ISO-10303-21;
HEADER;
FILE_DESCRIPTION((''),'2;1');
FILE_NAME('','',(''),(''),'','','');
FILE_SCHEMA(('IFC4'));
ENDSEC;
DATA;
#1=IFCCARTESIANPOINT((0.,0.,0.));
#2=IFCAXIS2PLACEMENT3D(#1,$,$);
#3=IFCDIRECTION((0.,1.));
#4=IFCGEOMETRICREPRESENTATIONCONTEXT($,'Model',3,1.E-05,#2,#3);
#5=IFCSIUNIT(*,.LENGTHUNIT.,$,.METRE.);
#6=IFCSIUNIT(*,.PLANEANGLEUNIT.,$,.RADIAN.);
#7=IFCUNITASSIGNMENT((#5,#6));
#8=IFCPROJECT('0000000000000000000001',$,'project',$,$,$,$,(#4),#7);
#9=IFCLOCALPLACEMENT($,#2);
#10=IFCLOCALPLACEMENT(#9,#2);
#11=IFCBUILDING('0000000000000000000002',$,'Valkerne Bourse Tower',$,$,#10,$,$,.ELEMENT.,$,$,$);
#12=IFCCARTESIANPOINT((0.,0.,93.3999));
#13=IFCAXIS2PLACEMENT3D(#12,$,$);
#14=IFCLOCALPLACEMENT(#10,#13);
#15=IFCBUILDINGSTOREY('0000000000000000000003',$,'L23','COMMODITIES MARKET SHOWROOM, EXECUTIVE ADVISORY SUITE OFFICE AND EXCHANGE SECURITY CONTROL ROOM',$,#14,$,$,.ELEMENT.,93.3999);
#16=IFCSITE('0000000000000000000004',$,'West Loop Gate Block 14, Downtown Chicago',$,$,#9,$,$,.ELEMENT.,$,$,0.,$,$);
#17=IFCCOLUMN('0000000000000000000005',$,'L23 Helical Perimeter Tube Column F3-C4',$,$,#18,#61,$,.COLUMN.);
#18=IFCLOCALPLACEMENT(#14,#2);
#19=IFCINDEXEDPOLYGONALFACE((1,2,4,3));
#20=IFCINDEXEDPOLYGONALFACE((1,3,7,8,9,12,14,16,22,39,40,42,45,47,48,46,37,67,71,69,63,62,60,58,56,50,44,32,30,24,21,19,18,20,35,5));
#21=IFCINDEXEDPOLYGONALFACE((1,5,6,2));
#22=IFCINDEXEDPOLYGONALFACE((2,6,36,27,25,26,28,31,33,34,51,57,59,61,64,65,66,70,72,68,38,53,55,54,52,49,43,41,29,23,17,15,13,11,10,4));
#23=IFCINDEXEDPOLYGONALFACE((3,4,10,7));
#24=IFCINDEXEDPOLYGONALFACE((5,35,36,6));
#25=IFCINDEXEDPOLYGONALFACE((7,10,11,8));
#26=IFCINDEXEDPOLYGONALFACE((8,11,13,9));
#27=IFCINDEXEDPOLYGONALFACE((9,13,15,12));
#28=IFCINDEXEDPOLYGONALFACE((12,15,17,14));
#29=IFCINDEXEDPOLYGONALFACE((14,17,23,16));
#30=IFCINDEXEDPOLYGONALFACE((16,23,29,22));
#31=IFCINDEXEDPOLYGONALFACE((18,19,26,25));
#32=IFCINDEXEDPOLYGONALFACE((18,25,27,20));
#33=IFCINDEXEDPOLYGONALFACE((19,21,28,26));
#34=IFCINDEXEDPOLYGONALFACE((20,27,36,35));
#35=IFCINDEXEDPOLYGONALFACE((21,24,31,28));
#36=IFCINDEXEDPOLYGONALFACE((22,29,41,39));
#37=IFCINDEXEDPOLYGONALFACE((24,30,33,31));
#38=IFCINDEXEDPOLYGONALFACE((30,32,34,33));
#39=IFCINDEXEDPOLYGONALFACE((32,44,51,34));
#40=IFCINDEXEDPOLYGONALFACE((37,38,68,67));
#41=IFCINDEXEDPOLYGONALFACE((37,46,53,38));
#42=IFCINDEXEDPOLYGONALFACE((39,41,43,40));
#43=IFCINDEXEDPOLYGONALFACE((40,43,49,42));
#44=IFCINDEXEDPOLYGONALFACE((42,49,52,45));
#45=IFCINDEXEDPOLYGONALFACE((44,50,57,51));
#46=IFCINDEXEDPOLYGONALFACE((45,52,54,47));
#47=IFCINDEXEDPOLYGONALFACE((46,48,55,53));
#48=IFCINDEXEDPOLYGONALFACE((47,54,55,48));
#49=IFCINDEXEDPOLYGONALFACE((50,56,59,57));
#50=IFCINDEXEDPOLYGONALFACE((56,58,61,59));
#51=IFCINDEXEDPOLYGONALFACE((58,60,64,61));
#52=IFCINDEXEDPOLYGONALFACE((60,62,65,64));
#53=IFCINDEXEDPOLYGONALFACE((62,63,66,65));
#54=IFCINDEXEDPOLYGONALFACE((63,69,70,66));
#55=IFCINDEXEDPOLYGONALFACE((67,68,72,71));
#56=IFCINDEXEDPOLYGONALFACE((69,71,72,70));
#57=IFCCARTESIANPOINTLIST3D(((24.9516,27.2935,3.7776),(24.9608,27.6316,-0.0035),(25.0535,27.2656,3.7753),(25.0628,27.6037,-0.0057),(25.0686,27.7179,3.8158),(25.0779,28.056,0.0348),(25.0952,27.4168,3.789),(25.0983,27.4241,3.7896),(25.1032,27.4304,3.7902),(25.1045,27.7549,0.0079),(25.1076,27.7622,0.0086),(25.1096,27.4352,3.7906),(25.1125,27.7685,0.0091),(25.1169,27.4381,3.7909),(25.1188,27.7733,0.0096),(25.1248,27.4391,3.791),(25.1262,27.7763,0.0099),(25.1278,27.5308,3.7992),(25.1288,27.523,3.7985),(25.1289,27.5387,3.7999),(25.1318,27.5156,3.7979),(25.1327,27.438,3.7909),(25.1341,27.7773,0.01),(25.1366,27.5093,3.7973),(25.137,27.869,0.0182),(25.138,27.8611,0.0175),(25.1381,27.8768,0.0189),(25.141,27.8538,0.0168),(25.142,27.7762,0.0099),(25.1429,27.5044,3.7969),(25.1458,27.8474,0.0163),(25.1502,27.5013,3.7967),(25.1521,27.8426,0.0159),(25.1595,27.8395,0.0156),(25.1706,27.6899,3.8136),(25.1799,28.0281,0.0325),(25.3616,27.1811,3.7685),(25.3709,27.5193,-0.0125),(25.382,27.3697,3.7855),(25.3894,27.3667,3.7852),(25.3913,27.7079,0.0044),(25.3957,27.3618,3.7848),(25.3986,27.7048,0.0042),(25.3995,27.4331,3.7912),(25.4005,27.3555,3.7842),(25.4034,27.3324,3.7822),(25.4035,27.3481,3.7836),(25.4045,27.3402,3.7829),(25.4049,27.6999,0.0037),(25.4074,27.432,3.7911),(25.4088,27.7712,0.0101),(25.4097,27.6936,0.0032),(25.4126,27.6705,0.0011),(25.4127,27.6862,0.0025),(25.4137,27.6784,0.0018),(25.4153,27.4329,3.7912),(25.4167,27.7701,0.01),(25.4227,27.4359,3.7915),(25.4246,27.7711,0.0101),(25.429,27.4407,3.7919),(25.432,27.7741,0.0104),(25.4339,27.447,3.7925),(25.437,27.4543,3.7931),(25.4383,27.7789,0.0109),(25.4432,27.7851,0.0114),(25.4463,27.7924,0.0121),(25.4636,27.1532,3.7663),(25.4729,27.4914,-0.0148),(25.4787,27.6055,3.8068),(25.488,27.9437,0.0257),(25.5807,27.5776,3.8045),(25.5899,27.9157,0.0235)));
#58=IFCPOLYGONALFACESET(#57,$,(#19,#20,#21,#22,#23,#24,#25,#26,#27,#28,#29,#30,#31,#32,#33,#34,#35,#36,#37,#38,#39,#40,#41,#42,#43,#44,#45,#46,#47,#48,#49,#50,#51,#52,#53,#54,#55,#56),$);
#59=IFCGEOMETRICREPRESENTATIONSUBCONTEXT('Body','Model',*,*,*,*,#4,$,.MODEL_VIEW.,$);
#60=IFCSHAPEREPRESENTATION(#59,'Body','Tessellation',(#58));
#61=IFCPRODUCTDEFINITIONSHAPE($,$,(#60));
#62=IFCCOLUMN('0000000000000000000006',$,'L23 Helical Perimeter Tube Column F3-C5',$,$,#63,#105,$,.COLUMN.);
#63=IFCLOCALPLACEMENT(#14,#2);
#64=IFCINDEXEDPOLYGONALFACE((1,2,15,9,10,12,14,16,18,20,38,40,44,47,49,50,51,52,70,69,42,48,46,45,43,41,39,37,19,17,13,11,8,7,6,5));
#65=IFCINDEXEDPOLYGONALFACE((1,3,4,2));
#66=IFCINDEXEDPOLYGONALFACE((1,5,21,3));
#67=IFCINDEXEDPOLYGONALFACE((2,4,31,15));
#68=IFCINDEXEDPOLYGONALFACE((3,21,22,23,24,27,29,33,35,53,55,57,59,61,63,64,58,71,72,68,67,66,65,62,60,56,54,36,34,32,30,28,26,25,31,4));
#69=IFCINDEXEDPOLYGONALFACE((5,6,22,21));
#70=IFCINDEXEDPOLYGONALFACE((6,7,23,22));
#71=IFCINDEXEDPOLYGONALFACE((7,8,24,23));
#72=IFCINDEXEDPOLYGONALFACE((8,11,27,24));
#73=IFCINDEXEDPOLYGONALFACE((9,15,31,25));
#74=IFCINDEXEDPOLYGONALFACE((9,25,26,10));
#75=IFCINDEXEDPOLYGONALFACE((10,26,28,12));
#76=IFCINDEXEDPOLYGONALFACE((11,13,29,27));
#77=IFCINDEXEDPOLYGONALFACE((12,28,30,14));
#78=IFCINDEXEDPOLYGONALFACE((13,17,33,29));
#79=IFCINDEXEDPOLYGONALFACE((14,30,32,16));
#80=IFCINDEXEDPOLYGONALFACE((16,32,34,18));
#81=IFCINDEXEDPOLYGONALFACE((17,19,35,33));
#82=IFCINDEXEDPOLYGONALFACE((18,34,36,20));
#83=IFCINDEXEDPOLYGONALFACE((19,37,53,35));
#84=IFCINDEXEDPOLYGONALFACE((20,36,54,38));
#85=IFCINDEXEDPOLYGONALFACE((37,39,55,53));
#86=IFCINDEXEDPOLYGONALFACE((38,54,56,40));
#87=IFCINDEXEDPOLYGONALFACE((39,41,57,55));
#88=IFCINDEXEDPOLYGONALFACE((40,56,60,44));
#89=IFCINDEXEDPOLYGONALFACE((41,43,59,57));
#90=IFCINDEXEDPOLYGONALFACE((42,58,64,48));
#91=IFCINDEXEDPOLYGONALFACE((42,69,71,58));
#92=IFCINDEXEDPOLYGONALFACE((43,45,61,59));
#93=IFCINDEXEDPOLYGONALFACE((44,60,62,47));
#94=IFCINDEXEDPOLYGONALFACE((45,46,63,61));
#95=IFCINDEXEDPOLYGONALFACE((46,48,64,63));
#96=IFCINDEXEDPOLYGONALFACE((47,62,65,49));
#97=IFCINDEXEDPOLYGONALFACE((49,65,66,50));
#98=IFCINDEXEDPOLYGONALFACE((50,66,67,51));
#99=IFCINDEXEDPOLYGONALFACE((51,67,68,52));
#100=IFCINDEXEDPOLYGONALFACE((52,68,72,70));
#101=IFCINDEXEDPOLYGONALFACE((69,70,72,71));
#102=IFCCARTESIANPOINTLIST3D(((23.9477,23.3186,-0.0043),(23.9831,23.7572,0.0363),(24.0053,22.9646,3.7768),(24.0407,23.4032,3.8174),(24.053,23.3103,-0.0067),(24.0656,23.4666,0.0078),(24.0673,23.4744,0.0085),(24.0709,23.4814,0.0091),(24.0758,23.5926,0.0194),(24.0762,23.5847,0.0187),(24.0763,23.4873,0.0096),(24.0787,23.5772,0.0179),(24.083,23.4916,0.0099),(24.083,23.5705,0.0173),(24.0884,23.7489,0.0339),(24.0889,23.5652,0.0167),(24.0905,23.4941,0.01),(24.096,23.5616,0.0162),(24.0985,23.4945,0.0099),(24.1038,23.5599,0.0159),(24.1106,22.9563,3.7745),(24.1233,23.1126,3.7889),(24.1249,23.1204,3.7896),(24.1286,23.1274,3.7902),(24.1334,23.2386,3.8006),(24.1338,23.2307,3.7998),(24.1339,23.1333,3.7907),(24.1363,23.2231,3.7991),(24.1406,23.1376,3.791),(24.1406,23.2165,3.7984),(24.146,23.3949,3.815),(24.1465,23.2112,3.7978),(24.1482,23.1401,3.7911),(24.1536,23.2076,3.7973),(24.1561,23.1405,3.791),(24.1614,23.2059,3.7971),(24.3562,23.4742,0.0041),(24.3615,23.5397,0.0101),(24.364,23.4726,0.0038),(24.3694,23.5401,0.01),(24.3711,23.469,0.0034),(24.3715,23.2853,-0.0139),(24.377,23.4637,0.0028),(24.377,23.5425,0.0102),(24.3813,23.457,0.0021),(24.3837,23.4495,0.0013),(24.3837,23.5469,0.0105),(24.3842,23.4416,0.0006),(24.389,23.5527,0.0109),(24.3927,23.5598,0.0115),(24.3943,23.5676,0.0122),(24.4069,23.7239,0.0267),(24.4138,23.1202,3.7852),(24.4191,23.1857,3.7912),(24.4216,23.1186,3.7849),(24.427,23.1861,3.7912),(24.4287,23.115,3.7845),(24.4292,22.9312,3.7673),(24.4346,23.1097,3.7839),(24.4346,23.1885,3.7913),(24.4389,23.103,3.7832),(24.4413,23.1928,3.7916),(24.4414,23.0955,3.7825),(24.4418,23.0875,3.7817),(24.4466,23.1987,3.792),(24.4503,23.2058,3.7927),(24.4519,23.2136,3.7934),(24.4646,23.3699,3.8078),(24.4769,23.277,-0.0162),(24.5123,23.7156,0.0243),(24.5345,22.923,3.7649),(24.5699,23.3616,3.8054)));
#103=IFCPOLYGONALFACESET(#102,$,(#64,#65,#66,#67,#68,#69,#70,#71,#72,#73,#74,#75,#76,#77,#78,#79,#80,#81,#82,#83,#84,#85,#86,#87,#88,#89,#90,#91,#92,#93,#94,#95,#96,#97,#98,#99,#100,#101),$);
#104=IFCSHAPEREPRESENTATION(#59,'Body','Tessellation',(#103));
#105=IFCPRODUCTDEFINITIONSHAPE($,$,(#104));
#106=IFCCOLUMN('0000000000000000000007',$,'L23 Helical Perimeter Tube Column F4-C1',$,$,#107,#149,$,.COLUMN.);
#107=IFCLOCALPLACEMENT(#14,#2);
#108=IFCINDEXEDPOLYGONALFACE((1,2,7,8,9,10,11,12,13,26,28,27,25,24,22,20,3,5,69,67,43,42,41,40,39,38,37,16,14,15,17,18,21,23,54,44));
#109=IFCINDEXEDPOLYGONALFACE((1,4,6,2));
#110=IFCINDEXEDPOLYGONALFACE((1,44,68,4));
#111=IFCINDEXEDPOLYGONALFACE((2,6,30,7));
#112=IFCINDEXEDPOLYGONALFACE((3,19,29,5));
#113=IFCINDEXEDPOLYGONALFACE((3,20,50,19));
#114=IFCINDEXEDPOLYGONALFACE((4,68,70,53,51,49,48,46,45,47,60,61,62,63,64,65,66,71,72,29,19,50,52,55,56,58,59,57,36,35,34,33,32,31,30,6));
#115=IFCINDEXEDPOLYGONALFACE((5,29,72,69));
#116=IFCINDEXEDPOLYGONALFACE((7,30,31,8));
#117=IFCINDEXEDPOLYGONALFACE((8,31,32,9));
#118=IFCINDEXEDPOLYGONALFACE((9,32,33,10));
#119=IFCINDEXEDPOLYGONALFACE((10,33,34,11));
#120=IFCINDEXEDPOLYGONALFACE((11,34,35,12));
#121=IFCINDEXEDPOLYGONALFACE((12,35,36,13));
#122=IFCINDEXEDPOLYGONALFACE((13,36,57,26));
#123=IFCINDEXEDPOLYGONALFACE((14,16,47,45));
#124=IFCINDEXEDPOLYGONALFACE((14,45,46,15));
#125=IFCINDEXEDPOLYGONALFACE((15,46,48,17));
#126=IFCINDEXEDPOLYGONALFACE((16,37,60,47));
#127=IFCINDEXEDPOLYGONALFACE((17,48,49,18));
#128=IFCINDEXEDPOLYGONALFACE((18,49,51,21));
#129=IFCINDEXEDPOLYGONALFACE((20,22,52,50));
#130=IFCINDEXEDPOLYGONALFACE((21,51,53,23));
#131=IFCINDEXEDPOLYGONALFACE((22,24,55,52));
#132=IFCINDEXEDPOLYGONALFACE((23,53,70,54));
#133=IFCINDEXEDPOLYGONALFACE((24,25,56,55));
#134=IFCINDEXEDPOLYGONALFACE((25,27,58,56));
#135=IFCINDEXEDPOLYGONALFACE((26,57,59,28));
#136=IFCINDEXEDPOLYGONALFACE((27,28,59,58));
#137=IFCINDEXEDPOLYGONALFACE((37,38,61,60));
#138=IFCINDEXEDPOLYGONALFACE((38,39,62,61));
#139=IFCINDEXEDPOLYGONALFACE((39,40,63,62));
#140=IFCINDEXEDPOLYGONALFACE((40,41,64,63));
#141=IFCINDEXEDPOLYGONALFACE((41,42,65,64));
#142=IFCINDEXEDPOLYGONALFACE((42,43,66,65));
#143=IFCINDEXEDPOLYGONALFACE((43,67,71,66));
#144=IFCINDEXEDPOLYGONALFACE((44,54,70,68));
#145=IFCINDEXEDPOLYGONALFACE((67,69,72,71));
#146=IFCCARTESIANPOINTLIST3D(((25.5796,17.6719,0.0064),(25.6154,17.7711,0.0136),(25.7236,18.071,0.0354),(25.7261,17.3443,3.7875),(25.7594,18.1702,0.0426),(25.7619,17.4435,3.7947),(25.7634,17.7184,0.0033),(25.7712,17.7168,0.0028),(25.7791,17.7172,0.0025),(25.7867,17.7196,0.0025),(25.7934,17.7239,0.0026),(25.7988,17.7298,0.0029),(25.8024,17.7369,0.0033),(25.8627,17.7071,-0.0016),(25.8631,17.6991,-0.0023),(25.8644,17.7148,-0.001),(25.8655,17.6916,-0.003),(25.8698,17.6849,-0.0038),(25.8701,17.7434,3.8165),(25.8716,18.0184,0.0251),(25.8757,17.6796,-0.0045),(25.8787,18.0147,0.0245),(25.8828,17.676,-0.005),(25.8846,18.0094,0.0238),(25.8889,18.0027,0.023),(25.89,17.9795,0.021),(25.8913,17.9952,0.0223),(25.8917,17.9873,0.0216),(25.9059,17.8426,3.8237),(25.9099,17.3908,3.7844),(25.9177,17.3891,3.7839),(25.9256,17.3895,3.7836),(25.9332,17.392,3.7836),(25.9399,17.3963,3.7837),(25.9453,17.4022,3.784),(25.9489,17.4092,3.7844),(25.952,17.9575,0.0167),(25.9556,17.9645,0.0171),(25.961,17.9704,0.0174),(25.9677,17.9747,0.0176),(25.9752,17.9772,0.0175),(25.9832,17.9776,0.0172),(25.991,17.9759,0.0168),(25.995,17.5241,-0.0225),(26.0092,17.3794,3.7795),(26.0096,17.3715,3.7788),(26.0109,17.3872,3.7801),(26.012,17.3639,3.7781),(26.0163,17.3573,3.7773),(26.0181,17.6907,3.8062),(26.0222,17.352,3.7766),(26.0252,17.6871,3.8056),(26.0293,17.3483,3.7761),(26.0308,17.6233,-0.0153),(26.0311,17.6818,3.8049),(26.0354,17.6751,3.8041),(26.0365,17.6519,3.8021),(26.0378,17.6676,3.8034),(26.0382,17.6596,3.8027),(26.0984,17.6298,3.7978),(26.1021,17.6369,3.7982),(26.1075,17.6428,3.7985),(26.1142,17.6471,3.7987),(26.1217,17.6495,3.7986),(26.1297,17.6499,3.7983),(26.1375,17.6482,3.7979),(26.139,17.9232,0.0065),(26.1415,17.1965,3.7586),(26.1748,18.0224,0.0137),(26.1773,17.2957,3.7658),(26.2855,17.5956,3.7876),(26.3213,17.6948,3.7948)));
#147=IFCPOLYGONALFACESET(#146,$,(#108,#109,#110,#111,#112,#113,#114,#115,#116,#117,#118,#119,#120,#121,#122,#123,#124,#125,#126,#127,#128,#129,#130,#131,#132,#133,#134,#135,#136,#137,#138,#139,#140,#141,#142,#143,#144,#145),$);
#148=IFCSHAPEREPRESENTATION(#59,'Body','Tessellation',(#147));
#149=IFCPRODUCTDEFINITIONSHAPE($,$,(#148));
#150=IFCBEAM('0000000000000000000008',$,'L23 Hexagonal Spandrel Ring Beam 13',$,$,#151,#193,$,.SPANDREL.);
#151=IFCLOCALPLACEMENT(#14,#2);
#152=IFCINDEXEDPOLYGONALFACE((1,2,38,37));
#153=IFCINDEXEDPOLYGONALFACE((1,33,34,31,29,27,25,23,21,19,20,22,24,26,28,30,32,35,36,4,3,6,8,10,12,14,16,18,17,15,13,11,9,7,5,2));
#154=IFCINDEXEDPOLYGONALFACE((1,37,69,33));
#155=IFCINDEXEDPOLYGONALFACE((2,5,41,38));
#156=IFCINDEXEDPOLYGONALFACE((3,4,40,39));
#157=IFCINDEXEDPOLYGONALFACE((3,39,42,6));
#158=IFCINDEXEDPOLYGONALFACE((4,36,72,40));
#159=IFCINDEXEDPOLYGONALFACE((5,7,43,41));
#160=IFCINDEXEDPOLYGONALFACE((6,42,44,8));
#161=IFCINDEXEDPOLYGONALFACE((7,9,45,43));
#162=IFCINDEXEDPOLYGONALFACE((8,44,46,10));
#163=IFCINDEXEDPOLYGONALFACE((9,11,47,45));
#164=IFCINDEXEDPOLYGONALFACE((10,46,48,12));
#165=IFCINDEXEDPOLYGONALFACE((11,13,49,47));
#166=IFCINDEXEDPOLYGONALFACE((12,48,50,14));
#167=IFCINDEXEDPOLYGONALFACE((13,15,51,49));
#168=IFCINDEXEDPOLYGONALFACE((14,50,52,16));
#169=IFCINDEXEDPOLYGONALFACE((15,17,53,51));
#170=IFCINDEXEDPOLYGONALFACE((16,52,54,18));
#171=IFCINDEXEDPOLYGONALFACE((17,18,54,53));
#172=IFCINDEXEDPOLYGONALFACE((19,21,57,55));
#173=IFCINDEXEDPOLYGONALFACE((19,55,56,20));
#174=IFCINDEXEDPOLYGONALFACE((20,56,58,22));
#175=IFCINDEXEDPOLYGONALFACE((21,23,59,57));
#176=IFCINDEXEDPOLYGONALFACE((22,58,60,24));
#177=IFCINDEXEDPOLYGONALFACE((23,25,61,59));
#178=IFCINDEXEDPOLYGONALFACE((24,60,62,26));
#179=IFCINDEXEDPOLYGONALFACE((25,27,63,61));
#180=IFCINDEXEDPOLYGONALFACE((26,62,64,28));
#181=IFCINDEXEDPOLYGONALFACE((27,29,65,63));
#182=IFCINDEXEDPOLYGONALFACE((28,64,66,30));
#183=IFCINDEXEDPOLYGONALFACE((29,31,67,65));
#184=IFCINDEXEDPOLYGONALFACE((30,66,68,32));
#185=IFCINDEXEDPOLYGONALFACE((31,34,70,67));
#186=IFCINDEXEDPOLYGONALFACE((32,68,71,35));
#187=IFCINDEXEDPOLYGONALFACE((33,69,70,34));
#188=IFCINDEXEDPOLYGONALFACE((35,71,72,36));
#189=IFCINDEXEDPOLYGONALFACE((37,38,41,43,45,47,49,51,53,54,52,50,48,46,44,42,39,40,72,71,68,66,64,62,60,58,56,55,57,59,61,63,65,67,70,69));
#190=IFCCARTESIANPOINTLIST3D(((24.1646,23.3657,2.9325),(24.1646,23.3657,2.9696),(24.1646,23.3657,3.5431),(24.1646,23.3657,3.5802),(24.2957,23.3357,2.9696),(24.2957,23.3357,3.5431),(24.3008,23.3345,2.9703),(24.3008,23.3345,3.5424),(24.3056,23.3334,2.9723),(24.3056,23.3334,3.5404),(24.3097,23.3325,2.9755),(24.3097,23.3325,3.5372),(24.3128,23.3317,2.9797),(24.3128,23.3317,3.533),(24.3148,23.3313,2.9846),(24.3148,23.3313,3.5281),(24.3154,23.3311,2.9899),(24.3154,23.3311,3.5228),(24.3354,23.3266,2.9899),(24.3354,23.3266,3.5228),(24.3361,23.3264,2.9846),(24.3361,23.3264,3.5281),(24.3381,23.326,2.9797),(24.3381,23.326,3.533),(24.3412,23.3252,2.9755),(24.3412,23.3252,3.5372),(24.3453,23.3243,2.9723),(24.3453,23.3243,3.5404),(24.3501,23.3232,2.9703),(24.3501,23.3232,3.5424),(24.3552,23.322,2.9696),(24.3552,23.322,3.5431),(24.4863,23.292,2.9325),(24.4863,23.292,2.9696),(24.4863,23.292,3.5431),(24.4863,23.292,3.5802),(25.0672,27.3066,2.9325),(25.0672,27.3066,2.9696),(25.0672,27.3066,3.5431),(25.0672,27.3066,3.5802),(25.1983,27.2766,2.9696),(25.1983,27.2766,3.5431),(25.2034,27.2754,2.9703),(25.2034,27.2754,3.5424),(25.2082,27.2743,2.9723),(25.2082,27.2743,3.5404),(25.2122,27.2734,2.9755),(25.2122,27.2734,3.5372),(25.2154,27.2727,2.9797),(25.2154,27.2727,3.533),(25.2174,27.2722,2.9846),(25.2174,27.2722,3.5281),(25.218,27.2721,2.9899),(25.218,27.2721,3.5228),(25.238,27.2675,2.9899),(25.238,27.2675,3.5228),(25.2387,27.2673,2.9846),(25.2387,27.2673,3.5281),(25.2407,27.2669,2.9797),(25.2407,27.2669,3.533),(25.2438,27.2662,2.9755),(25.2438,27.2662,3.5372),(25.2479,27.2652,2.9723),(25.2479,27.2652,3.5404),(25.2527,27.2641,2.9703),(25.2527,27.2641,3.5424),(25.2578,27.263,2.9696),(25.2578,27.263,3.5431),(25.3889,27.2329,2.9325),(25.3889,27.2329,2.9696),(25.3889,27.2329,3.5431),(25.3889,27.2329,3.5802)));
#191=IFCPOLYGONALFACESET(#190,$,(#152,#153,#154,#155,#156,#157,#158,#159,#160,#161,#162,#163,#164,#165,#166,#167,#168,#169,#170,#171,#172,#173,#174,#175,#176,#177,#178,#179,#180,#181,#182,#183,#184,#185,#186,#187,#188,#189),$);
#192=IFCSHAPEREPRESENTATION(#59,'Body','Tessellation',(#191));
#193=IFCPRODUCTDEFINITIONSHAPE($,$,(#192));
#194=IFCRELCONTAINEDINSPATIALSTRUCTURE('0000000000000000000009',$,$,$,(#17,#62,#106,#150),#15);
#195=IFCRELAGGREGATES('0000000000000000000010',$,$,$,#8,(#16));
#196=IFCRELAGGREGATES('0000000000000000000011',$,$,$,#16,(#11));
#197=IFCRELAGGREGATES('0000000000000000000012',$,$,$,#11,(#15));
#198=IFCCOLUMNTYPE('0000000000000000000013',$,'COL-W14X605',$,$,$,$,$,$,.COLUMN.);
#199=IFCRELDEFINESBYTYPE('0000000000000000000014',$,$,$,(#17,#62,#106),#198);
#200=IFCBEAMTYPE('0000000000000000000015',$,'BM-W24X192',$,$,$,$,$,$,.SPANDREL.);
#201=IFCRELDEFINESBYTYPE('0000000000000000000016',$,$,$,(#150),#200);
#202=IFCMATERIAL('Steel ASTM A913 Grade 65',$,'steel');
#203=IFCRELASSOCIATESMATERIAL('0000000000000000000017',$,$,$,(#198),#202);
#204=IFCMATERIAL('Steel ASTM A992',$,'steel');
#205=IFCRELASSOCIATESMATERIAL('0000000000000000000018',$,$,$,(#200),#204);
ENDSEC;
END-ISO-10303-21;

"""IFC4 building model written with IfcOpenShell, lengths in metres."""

from ifc_helpers import new_model, si_unit, direction, frame, origin, origin_2d, place, context, subcontext, project, spatial, i_section, extrude, material, material_profile, profile_set, type_object, element, save


model = new_model("IFC4")

# Units and contexts
model_context = context("Model", 3, precision=1e-05, world=origin(), true_north=direction((0.0, 1.0)))
body_context = subcontext(model_context, "Body", "Model", "MODEL_VIEW")
ifc_project = project(units=[si_unit("LENGTHUNIT", "METRE"), si_unit("PLANEANGLEUNIT", "RADIAN")], contexts=[model_context])

# Site, building, storey
site_placement = place(None, origin())
site = spatial("IfcSite", under=ifc_project, at=site_placement, Name="West Loop Gate Block 14, Downtown Chicago", CompositionType="ELEMENT", RefElevation=0.0)
building_placement = place(site_placement, origin())
building = spatial("IfcBuilding", under=site, at=building_placement, Name="Valkerne Bourse Tower", CompositionType="ELEMENT")
storey_placement = place(building_placement, frame((0.0, 0.0, 93.3999)))
storey = spatial("IfcBuildingStorey", under=building, at=storey_placement, Name="L23", Description="COMMODITIES MARKET SHOWROOM, EXECUTIVE ADVISORY SUITE OFFICE AND EXCHANGE SECURITY CONTROL ROOM", CompositionType="ELEMENT", Elevation=93.3999)

# Columns
ifc_material_1 = material(Name="Steel ASTM A913 Grade 65", Category="steel")
ifc_material_profile_1 = material_profile(ifc_material_1, i_section(OverallWidth=0.4419, OverallDepth=0.531, WebThickness=0.0659, FlangeThickness=0.1057, FilletRadius=0.0305, at=origin_2d()), Name="W14X605")
ifc_profile_set_1 = profile_set([ifc_material_profile_1], Name="Steel ASTM A913 Grade 65")
column_type = type_object("IfcColumnType", Name="COL-W14X605", PredefinedType="COLUMN", material=ifc_profile_set_1)
column_placement = place(storey_placement, frame((25.2754, 27.7737, 0.01), z_axis=(-0.002444, -0.089074, 0.996022), x_axis=(-0.264973, -0.960365, -0.086535)))
element("IfcColumn", 1, at=column_placement, inside=storey, type_object=column_type, Name="L23 Helical Perimeter Tube Column F3-C4", PredefinedType="COLUMN", context=body_context, shape_type="SweptSolid", body=[
    extrude(i_section(OverallWidth=0.4419, OverallDepth=0.531, WebThickness=0.0659, FlangeThickness=0.1057, FilletRadius=0.0305, at=origin_2d()), origin(), (0.0, 0.0, 1.0), 3.7961),
])
for number, where, z_axis, x_axis, name in (
    (2, (24.23, 23.5171, 0.01), (0.01517, -0.093208, 0.995531), (-0.080125, -0.992557, -0.091709), "L23 Helical Perimeter Tube Column F3-C5"),
    (3, (25.8772, 17.8472, 0.01), (0.038569, -0.086266, 0.995525), (0.940142, -0.334447, -0.065404), "L23 Helical Perimeter Tube Column F4-C1"),
):
    element("IfcColumn", number, at=place(storey_placement, frame(where, z_axis=z_axis, x_axis=x_axis)), inside=storey, type_object=column_type, Name=name, PredefinedType="COLUMN", context=body_context, shape_type="SweptSolid", body=[
        extrude(i_section(OverallWidth=0.4419, OverallDepth=0.531, WebThickness=0.0659, FlangeThickness=0.1057, FilletRadius=0.0305, at=origin_2d()), origin(), (0.0, 0.0, 1.0), 3.7981),
    ])

# Beam
ifc_material_2 = material(Name="Steel ASTM A992", Category="steel")
ifc_material_profile_2 = material_profile(ifc_material_2, i_section(OverallWidth=0.3301, OverallDepth=0.6477, WebThickness=0.0205, FlangeThickness=0.0371, FilletRadius=0.0203, at=origin_2d()), Name="W24X192")
ifc_profile_set_2 = profile_set([ifc_material_profile_2], Name="Steel ASTM A992")
beam_type = type_object("IfcBeamType", Name="BM-W24X192", PredefinedType="SPANDREL", material=ifc_profile_set_2)
beam_1_placement = place(storey_placement, frame((25.228, 27.2698, 3.2563), z_axis=(-0.223249, -0.974761, 0.0), x_axis=(0.974761, -0.223249, 0.0)))
element("IfcBeam", 4, at=beam_1_placement, inside=storey, type_object=beam_type, Name="L23 Hexagonal Spandrel Ring Beam 13", PredefinedType="SPANDREL", context=body_context, shape_type="SweptSolid", body=[
    extrude(i_section(OverallWidth=0.3301, OverallDepth=0.6477, WebThickness=0.0205, FlangeThickness=0.0371, FilletRadius=0.0203, at=origin_2d()), origin(), (0.0, 0.0, 1.0), 4.043),
])

save(model, "model.ifc")
